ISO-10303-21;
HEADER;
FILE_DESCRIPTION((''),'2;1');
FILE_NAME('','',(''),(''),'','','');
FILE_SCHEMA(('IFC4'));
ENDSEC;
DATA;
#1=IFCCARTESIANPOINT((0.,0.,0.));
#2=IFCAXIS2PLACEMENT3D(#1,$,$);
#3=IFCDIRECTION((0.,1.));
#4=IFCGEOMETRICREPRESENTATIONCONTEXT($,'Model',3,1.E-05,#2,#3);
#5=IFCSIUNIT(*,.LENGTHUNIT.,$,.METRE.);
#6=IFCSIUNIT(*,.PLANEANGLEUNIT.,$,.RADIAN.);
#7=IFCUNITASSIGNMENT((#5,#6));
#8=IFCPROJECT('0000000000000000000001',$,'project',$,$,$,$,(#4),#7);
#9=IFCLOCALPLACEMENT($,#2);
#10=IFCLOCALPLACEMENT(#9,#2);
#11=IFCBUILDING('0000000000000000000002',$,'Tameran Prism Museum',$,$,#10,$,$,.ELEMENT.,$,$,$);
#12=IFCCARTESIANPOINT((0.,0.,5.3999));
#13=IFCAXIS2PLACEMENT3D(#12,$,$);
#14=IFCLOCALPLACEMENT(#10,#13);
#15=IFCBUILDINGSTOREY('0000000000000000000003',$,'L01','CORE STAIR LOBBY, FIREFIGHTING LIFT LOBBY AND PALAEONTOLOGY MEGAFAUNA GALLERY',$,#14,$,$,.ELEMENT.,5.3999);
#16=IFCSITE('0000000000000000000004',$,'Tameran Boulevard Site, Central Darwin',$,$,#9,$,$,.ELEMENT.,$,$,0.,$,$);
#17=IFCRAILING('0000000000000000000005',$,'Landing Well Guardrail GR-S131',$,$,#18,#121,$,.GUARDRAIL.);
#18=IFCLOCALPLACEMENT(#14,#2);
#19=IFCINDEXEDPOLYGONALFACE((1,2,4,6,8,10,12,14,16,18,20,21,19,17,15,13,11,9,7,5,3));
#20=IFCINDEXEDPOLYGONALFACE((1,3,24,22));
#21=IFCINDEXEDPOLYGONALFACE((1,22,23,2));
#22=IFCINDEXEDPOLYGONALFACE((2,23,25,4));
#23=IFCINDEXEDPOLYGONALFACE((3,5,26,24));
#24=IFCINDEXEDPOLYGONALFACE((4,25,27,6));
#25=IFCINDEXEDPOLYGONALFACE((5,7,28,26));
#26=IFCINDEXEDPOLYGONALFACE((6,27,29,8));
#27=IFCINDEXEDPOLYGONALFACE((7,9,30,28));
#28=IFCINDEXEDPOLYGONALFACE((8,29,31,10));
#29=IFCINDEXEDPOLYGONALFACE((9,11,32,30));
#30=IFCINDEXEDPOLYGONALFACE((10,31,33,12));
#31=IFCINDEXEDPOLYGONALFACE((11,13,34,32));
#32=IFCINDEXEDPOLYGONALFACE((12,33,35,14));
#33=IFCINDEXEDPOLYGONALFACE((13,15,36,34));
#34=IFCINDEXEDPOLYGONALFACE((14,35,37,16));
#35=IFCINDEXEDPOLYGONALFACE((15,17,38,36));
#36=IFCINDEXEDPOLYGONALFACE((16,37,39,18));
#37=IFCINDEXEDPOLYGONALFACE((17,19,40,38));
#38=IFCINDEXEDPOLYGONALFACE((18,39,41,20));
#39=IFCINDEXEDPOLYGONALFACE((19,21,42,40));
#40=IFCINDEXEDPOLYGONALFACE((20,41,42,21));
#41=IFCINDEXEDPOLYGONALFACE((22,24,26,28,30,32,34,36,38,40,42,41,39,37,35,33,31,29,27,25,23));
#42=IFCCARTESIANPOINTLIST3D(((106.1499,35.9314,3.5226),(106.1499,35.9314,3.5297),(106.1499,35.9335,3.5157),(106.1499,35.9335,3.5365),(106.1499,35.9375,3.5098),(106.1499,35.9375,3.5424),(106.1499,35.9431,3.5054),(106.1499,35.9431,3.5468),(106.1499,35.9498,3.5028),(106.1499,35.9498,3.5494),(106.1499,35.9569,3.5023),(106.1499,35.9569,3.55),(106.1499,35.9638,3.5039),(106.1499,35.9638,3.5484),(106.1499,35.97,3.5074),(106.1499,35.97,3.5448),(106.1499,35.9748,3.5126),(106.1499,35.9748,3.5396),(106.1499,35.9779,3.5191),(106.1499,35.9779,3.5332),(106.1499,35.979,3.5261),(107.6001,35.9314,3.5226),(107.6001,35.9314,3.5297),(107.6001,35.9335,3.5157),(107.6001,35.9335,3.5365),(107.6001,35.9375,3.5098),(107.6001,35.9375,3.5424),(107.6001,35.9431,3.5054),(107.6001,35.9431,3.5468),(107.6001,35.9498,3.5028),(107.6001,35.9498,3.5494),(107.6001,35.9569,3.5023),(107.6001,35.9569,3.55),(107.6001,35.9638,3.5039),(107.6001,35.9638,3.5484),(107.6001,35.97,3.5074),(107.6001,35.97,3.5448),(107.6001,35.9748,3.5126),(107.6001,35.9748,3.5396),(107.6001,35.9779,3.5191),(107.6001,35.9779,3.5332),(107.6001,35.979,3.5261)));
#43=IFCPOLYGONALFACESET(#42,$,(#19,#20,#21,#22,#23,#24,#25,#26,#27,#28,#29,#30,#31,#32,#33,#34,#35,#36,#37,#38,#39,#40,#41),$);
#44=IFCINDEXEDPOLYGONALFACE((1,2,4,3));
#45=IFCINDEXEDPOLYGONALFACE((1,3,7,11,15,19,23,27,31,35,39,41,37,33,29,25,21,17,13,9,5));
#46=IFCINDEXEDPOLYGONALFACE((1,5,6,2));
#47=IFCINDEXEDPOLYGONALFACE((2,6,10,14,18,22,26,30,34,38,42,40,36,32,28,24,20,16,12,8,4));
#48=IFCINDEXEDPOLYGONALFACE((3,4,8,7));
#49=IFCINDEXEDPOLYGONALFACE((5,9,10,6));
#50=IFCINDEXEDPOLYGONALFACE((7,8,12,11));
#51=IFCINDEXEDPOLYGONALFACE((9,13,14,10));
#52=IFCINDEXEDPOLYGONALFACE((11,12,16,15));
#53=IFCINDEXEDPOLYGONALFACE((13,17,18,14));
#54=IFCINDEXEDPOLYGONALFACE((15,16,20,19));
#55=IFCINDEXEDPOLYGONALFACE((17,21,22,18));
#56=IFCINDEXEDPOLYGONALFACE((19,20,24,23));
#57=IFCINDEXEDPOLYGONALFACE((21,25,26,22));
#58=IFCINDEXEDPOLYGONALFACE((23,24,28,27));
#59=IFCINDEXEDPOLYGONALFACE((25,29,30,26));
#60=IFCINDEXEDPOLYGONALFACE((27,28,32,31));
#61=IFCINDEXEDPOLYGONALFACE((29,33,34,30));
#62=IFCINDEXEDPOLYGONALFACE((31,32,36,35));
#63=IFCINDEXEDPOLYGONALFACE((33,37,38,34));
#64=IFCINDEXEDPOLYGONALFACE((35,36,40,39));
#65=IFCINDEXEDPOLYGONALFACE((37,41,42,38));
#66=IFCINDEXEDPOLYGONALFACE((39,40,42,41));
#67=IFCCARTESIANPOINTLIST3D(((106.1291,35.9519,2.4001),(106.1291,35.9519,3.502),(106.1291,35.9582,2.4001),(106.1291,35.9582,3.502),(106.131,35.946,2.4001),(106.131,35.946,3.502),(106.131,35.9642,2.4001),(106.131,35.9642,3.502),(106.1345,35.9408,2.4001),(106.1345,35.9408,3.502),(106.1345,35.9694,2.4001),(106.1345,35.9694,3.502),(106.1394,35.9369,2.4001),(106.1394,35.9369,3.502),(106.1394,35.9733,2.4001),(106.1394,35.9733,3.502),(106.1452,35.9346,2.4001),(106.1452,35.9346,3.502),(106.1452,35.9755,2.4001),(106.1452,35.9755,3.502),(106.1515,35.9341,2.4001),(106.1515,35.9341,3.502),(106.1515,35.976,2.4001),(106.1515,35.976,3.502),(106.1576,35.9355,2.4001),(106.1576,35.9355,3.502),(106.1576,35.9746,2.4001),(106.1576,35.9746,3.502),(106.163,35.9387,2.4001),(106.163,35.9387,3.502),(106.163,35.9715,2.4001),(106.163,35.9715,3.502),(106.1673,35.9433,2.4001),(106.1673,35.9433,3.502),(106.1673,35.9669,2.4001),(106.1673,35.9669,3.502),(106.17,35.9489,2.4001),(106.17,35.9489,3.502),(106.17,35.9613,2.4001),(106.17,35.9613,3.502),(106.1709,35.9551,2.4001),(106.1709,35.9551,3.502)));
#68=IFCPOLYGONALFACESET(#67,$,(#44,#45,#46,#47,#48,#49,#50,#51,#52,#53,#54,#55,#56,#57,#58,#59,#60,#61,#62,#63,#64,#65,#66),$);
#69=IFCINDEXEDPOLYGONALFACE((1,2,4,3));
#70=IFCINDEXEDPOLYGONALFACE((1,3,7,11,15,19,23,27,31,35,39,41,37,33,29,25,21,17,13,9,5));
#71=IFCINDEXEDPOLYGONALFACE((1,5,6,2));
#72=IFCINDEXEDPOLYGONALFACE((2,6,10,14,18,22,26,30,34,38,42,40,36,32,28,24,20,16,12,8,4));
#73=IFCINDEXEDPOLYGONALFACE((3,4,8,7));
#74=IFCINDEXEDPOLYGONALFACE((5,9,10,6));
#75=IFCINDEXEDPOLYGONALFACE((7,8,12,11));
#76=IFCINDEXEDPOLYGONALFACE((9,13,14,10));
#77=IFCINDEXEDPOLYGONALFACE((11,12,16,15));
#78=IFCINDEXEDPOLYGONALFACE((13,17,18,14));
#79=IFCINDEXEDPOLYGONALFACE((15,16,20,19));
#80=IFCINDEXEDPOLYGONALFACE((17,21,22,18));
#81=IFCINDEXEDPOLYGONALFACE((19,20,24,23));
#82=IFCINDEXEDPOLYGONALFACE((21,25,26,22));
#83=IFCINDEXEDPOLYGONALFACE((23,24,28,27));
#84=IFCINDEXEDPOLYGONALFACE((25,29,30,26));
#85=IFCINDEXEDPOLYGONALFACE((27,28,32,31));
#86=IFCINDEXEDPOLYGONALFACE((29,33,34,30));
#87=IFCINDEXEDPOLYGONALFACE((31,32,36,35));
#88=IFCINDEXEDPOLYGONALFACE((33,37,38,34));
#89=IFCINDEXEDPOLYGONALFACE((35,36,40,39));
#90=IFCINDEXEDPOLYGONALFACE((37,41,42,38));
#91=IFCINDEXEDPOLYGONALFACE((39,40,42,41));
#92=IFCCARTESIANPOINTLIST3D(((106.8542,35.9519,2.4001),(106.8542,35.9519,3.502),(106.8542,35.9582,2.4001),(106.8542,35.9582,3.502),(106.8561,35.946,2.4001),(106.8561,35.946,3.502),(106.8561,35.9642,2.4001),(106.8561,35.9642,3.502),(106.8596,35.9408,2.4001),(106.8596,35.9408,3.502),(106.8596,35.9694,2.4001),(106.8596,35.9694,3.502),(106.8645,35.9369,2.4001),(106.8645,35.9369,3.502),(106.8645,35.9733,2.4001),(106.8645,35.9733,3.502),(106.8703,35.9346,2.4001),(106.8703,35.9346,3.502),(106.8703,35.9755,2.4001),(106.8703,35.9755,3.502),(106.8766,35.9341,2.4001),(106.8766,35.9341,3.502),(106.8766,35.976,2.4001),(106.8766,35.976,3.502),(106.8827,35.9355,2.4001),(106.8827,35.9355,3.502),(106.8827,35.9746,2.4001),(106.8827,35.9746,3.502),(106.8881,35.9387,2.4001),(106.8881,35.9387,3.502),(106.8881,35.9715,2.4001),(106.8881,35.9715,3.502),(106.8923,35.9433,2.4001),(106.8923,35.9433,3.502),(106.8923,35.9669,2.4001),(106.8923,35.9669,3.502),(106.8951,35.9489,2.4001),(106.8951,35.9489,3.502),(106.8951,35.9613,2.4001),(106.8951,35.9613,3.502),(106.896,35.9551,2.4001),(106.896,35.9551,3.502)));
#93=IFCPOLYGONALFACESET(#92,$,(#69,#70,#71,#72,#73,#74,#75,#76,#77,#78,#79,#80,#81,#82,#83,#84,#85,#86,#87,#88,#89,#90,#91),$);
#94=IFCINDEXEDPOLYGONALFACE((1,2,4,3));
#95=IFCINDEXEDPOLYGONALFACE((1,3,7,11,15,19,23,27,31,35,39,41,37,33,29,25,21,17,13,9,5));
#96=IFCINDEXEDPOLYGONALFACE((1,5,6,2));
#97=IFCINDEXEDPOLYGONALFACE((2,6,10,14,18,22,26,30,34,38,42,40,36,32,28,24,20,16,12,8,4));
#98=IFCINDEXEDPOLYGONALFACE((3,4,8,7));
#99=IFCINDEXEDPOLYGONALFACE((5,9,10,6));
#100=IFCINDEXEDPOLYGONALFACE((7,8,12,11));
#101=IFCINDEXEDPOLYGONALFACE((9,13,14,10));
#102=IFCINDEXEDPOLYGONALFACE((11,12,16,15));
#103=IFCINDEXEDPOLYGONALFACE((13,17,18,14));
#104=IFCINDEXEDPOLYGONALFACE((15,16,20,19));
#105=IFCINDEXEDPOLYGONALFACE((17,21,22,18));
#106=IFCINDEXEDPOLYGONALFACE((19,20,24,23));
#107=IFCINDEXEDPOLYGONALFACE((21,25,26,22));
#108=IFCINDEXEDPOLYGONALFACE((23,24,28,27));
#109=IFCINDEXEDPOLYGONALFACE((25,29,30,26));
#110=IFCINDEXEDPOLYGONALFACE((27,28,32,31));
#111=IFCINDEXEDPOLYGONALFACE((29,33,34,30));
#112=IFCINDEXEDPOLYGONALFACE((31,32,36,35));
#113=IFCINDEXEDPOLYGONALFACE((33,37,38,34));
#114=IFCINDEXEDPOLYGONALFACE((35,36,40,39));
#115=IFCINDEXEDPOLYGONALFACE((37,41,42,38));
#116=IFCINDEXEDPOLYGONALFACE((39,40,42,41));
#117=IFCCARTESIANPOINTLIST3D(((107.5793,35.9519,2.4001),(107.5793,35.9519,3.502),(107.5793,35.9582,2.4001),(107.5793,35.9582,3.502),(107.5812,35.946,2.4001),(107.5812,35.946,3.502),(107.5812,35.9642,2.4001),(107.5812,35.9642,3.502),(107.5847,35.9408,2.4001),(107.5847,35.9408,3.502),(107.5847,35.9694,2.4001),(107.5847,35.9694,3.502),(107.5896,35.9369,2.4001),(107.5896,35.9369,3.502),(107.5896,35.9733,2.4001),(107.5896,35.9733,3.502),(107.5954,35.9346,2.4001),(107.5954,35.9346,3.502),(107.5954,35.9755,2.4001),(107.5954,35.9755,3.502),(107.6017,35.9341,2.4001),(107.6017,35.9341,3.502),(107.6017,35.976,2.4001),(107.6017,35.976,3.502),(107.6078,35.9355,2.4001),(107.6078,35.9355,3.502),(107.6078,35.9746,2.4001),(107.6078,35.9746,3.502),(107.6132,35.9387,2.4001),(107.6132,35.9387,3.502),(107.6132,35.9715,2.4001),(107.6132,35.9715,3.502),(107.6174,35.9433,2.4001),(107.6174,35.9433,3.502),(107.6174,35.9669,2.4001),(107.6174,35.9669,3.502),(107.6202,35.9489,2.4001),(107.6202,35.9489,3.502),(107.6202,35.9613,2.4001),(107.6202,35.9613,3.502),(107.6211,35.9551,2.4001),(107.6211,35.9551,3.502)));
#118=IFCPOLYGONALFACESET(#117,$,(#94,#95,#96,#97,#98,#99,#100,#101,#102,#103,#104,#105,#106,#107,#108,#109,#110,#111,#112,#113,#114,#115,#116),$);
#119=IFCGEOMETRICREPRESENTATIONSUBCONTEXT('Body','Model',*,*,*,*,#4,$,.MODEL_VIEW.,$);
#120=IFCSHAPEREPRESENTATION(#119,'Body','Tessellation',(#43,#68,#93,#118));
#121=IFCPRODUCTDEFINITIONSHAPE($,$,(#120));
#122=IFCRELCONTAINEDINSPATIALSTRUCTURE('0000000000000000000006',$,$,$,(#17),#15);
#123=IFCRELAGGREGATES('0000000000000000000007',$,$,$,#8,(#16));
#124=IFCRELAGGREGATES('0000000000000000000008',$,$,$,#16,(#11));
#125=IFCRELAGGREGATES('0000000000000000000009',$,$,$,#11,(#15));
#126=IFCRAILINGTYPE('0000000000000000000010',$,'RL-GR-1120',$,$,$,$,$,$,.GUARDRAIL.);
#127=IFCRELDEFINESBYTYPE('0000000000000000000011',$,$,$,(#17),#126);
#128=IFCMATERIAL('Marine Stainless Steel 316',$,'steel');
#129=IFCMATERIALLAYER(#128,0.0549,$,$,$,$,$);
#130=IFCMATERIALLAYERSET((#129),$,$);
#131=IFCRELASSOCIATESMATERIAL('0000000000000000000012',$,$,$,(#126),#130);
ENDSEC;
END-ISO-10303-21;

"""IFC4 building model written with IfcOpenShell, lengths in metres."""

from ifc_helpers import new_model, si_unit, direction, frame, origin, origin_2d, place, context, subcontext, project, spatial, circle, extrude, material, layer, layer_set, type_object, element, save


model = new_model("IFC4")

# Units and contexts
model_context = context("Model", 3, precision=1e-05, world=origin(), true_north=direction((0.0, 1.0)))
body_context = subcontext(model_context, "Body", "Model", "MODEL_VIEW")
ifc_project = project(units=[si_unit("LENGTHUNIT", "METRE"), si_unit("PLANEANGLEUNIT", "RADIAN")], contexts=[model_context])

# Site, building, storey
site_placement = place(None, origin())
site = spatial("IfcSite", under=ifc_project, at=site_placement, Name="Tameran Boulevard Site, Central Darwin", CompositionType="ELEMENT", RefElevation=0.0)
building_placement = place(site_placement, origin())
building = spatial("IfcBuilding", under=site, at=building_placement, Name="Tameran Prism Museum", CompositionType="ELEMENT")
storey_placement = place(building_placement, frame((0.0, 0.0, 5.3999)))
storey = spatial("IfcBuildingStorey", under=building, at=storey_placement, Name="L01", Description="CORE STAIR LOBBY, FIREFIGHTING LIFT LOBBY AND PALAEONTOLOGY MEGAFAUNA GALLERY", CompositionType="ELEMENT", Elevation=5.3999)

# Railing
ifc_material_1 = material(Name="Marine Stainless Steel 316", Category="steel")
ifc_layer_1 = layer(ifc_material_1, 0.0549)
ifc_layer_set_1 = layer_set([ifc_layer_1])
railing_type_1 = type_object("IfcRailingType", Name="RL-GR-1120", PredefinedType="GUARDRAIL", material=ifc_layer_set_1)
railing_1_placement = place(storey_placement, frame((106.1499, 35.9551, 2.4001)))
element("IfcRailing", 1, at=railing_1_placement, inside=storey, type_object=railing_type_1, Name="Landing Well Guardrail GR-S131", PredefinedType="GUARDRAIL", context=body_context, shape_type="SweptSolid", body=[
    extrude(circle(Radius=0.0239, at=origin_2d()), frame((0.0, 0.0, 1.126), z_axis=(1.0, 0.0, 0.0), x_axis=(0.0, 1.0, 0.0)), (0.0, 0.0, 1.0), 1.4502),
    extrude(circle(Radius=0.021, at=origin_2d()), origin(), (0.0, 0.0, 1.0), 1.1018),
    extrude(circle(Radius=0.021, at=origin_2d()), frame((0.7251, 0.0, 0.0)), (0.0, 0.0, 1.0), 1.1018),
    extrude(circle(Radius=0.021, at=origin_2d()), frame((1.4502, 0.0, 0.0)), (0.0, 0.0, 1.0), 1.1018),
])

save(model, "model.ifc")
